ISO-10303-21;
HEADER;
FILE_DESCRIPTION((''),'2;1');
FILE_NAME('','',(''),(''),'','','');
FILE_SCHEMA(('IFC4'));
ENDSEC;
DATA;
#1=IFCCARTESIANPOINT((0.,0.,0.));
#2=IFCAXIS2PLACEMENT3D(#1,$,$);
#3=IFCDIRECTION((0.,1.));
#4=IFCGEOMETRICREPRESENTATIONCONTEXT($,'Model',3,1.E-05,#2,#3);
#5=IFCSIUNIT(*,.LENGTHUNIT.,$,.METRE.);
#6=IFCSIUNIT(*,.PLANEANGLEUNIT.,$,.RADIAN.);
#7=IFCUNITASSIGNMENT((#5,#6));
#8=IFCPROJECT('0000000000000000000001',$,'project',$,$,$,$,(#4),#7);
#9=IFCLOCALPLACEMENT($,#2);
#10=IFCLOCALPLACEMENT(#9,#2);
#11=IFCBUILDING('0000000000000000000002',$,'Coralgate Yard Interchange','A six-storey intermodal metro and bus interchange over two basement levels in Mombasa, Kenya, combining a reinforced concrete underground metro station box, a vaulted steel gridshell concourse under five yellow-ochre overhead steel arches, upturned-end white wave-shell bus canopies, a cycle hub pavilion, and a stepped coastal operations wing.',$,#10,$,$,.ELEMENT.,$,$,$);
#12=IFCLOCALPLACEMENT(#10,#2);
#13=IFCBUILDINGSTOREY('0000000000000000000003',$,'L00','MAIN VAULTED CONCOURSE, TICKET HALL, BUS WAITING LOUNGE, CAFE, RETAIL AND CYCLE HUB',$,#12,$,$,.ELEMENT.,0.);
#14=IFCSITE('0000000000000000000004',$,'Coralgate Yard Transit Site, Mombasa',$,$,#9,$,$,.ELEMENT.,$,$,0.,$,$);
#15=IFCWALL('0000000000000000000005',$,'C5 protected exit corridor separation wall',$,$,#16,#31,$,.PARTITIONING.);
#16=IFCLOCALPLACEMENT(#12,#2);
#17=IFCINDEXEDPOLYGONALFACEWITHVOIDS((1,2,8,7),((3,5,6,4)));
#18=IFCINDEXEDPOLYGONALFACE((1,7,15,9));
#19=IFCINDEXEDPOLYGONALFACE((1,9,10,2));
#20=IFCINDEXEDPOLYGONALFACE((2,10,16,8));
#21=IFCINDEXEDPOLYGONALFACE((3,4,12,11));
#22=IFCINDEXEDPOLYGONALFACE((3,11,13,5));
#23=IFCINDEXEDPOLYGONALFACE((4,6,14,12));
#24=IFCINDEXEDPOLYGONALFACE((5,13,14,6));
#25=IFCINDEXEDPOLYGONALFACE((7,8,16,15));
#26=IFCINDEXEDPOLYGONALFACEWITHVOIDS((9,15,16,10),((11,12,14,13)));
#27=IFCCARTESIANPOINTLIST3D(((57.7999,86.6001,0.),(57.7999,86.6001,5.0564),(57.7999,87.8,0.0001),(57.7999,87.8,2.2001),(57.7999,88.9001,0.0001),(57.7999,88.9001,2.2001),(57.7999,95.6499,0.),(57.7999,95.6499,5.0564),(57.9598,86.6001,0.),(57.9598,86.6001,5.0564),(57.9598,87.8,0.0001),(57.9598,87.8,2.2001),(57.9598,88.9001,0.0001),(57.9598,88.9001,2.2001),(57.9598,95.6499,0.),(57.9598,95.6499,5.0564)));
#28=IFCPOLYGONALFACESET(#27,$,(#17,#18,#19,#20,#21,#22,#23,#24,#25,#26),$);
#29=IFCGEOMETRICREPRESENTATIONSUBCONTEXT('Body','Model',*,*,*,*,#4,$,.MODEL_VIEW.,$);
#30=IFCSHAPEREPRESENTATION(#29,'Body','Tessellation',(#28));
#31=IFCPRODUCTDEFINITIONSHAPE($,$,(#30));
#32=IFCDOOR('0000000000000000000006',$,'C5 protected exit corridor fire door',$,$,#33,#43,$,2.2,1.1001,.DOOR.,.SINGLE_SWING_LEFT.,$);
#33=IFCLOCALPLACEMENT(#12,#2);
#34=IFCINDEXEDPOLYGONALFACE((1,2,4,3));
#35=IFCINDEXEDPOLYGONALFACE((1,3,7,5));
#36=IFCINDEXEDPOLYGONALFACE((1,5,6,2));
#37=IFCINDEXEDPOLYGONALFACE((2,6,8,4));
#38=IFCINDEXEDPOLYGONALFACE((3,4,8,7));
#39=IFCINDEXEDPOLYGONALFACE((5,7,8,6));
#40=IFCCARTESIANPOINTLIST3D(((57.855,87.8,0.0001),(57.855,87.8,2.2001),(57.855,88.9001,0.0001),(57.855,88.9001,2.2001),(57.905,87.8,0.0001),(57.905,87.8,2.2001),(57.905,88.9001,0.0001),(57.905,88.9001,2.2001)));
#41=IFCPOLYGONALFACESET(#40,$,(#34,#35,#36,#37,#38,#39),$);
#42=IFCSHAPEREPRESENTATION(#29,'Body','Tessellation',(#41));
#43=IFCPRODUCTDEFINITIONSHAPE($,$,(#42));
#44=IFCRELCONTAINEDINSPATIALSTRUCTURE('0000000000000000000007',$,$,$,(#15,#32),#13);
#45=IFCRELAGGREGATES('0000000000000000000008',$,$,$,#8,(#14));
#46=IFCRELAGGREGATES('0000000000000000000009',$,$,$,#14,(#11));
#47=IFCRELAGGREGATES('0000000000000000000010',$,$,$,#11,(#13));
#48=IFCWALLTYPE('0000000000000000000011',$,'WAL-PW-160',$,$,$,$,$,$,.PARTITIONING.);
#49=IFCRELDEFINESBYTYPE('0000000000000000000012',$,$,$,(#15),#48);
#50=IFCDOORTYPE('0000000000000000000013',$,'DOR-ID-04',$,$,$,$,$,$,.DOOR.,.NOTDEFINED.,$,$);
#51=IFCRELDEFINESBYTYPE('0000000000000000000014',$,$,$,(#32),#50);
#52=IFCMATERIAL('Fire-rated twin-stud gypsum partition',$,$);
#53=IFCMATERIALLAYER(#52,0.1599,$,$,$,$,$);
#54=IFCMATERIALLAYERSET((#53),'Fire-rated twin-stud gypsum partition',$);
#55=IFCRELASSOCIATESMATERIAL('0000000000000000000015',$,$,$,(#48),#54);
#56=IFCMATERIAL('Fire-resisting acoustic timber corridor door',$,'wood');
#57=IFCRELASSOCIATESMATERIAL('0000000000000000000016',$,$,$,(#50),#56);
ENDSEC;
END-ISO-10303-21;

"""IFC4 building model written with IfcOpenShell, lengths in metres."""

from ifc_helpers import new_model, si_unit, direction, frame, frame_2d, origin, place, context, subcontext, project, spatial, rectangle, extrude, material, layer, layer_set, type_object, element, fill, save


model = new_model("IFC4")

# Units and contexts
model_context = context("Model", 3, precision=1e-05, world=origin(), true_north=direction((0.0, 1.0)))
body_context = subcontext(model_context, "Body", "Model", "MODEL_VIEW")
ifc_project = project(units=[si_unit("LENGTHUNIT", "METRE"), si_unit("PLANEANGLEUNIT", "RADIAN")], contexts=[model_context])

# Site, building, storey
site_placement = place(None, origin())
site = spatial("IfcSite", under=ifc_project, at=site_placement, Name="Coralgate Yard Transit Site, Mombasa", CompositionType="ELEMENT", RefElevation=0.0)
building_placement = place(site_placement, origin())
building = spatial("IfcBuilding", under=site, at=building_placement, Name="Coralgate Yard Interchange", Description="A six-storey intermodal metro and bus interchange over two basement levels in Mombasa, Kenya, combining a reinforced concrete underground metro station box, a vaulted steel gridshell concourse under five yellow-ochre overhead steel arches, upturned-end white wave-shell bus canopies, a cycle hub pavilion, and a stepped coastal operations wing.", CompositionType="ELEMENT")
storey_placement = place(building_placement, origin())
storey = spatial("IfcBuildingStorey", under=building, at=storey_placement, Name="L00", Description="MAIN VAULTED CONCOURSE, TICKET HALL, BUS WAITING LOUNGE, CAFE, RETAIL AND CYCLE HUB", CompositionType="ELEMENT", Elevation=0.0)

# Wall, opening, door
ifc_material_1 = material(Name="Fire-rated twin-stud gypsum partition")
ifc_layer_1 = layer(ifc_material_1, 0.1599)
ifc_layer_set_1 = layer_set([ifc_layer_1], Name="Fire-rated twin-stud gypsum partition")
wall_type_1 = type_object("IfcWallType", Name="WAL-PW-160", PredefinedType="PARTITIONING", material=ifc_layer_set_1)
wall_1_placement = place(storey_placement, frame((57.8799, 86.6001, 0.0), z_axis=(0.0, 0.0, 1.0), x_axis=(0.0, 1.0, 0.0)))
wall_1 = element("IfcWall", 1, at=wall_1_placement, inside=storey, type_object=wall_type_1, Name="C5 protected exit corridor separation wall", PredefinedType="PARTITIONING", context=body_context, shape_type="SweptSolid", body=[
    extrude(rectangle(XDim=9.0498, YDim=0.1599, at=frame_2d((4.5249, 0.0))), origin(), (0.0, 0.0, 1.0), 5.0564),
])
opening_1_placement = place(wall_1_placement, frame((1.2, 0.0, 0.0)))
opening_1 = element("IfcOpeningElement", 2, at=opening_1_placement, cuts=wall_1, PredefinedType="OPENING", context=body_context, shape_type="SweptSolid", body=[
    extrude(rectangle(XDim=1.1001, YDim=2.2, at=frame_2d((0.55, 1.1001))), frame((0.0, 0.0898, 0.0), z_axis=(0.0, -1.0, 0.0), x_axis=(1.0, 0.0, 0.0)), (0.0, 0.0, 1.0), 0.1799),
])
ifc_material_2 = material(Name="Fire-resisting acoustic timber corridor door", Category="wood")
door_type_1 = type_object("IfcDoorType", Name="DOR-ID-04", OperationType="NOTDEFINED", PredefinedType="DOOR", material=ifc_material_2)
door_1_placement = place(opening_1_placement, origin())
door_1 = element("IfcDoor", 3, at=door_1_placement, inside=storey, type_object=door_type_1, Name="C5 protected exit corridor fire door", OperationType="SINGLE_SWING_LEFT", OverallHeight=2.2, OverallWidth=1.1001, PredefinedType="DOOR", context=body_context, shape_type="SweptSolid", body=[
    extrude(rectangle(XDim=1.1001, YDim=2.2, at=frame_2d((0.55, 1.1001))), frame((0.0, 0.0249, 0.0), z_axis=(0.0, -1.0, 0.0), x_axis=(1.0, 0.0, 0.0)), (0.0, 0.0, 1.0), 0.05),
])
fill(opening_1, door_1)

save(model, "model.ifc")
